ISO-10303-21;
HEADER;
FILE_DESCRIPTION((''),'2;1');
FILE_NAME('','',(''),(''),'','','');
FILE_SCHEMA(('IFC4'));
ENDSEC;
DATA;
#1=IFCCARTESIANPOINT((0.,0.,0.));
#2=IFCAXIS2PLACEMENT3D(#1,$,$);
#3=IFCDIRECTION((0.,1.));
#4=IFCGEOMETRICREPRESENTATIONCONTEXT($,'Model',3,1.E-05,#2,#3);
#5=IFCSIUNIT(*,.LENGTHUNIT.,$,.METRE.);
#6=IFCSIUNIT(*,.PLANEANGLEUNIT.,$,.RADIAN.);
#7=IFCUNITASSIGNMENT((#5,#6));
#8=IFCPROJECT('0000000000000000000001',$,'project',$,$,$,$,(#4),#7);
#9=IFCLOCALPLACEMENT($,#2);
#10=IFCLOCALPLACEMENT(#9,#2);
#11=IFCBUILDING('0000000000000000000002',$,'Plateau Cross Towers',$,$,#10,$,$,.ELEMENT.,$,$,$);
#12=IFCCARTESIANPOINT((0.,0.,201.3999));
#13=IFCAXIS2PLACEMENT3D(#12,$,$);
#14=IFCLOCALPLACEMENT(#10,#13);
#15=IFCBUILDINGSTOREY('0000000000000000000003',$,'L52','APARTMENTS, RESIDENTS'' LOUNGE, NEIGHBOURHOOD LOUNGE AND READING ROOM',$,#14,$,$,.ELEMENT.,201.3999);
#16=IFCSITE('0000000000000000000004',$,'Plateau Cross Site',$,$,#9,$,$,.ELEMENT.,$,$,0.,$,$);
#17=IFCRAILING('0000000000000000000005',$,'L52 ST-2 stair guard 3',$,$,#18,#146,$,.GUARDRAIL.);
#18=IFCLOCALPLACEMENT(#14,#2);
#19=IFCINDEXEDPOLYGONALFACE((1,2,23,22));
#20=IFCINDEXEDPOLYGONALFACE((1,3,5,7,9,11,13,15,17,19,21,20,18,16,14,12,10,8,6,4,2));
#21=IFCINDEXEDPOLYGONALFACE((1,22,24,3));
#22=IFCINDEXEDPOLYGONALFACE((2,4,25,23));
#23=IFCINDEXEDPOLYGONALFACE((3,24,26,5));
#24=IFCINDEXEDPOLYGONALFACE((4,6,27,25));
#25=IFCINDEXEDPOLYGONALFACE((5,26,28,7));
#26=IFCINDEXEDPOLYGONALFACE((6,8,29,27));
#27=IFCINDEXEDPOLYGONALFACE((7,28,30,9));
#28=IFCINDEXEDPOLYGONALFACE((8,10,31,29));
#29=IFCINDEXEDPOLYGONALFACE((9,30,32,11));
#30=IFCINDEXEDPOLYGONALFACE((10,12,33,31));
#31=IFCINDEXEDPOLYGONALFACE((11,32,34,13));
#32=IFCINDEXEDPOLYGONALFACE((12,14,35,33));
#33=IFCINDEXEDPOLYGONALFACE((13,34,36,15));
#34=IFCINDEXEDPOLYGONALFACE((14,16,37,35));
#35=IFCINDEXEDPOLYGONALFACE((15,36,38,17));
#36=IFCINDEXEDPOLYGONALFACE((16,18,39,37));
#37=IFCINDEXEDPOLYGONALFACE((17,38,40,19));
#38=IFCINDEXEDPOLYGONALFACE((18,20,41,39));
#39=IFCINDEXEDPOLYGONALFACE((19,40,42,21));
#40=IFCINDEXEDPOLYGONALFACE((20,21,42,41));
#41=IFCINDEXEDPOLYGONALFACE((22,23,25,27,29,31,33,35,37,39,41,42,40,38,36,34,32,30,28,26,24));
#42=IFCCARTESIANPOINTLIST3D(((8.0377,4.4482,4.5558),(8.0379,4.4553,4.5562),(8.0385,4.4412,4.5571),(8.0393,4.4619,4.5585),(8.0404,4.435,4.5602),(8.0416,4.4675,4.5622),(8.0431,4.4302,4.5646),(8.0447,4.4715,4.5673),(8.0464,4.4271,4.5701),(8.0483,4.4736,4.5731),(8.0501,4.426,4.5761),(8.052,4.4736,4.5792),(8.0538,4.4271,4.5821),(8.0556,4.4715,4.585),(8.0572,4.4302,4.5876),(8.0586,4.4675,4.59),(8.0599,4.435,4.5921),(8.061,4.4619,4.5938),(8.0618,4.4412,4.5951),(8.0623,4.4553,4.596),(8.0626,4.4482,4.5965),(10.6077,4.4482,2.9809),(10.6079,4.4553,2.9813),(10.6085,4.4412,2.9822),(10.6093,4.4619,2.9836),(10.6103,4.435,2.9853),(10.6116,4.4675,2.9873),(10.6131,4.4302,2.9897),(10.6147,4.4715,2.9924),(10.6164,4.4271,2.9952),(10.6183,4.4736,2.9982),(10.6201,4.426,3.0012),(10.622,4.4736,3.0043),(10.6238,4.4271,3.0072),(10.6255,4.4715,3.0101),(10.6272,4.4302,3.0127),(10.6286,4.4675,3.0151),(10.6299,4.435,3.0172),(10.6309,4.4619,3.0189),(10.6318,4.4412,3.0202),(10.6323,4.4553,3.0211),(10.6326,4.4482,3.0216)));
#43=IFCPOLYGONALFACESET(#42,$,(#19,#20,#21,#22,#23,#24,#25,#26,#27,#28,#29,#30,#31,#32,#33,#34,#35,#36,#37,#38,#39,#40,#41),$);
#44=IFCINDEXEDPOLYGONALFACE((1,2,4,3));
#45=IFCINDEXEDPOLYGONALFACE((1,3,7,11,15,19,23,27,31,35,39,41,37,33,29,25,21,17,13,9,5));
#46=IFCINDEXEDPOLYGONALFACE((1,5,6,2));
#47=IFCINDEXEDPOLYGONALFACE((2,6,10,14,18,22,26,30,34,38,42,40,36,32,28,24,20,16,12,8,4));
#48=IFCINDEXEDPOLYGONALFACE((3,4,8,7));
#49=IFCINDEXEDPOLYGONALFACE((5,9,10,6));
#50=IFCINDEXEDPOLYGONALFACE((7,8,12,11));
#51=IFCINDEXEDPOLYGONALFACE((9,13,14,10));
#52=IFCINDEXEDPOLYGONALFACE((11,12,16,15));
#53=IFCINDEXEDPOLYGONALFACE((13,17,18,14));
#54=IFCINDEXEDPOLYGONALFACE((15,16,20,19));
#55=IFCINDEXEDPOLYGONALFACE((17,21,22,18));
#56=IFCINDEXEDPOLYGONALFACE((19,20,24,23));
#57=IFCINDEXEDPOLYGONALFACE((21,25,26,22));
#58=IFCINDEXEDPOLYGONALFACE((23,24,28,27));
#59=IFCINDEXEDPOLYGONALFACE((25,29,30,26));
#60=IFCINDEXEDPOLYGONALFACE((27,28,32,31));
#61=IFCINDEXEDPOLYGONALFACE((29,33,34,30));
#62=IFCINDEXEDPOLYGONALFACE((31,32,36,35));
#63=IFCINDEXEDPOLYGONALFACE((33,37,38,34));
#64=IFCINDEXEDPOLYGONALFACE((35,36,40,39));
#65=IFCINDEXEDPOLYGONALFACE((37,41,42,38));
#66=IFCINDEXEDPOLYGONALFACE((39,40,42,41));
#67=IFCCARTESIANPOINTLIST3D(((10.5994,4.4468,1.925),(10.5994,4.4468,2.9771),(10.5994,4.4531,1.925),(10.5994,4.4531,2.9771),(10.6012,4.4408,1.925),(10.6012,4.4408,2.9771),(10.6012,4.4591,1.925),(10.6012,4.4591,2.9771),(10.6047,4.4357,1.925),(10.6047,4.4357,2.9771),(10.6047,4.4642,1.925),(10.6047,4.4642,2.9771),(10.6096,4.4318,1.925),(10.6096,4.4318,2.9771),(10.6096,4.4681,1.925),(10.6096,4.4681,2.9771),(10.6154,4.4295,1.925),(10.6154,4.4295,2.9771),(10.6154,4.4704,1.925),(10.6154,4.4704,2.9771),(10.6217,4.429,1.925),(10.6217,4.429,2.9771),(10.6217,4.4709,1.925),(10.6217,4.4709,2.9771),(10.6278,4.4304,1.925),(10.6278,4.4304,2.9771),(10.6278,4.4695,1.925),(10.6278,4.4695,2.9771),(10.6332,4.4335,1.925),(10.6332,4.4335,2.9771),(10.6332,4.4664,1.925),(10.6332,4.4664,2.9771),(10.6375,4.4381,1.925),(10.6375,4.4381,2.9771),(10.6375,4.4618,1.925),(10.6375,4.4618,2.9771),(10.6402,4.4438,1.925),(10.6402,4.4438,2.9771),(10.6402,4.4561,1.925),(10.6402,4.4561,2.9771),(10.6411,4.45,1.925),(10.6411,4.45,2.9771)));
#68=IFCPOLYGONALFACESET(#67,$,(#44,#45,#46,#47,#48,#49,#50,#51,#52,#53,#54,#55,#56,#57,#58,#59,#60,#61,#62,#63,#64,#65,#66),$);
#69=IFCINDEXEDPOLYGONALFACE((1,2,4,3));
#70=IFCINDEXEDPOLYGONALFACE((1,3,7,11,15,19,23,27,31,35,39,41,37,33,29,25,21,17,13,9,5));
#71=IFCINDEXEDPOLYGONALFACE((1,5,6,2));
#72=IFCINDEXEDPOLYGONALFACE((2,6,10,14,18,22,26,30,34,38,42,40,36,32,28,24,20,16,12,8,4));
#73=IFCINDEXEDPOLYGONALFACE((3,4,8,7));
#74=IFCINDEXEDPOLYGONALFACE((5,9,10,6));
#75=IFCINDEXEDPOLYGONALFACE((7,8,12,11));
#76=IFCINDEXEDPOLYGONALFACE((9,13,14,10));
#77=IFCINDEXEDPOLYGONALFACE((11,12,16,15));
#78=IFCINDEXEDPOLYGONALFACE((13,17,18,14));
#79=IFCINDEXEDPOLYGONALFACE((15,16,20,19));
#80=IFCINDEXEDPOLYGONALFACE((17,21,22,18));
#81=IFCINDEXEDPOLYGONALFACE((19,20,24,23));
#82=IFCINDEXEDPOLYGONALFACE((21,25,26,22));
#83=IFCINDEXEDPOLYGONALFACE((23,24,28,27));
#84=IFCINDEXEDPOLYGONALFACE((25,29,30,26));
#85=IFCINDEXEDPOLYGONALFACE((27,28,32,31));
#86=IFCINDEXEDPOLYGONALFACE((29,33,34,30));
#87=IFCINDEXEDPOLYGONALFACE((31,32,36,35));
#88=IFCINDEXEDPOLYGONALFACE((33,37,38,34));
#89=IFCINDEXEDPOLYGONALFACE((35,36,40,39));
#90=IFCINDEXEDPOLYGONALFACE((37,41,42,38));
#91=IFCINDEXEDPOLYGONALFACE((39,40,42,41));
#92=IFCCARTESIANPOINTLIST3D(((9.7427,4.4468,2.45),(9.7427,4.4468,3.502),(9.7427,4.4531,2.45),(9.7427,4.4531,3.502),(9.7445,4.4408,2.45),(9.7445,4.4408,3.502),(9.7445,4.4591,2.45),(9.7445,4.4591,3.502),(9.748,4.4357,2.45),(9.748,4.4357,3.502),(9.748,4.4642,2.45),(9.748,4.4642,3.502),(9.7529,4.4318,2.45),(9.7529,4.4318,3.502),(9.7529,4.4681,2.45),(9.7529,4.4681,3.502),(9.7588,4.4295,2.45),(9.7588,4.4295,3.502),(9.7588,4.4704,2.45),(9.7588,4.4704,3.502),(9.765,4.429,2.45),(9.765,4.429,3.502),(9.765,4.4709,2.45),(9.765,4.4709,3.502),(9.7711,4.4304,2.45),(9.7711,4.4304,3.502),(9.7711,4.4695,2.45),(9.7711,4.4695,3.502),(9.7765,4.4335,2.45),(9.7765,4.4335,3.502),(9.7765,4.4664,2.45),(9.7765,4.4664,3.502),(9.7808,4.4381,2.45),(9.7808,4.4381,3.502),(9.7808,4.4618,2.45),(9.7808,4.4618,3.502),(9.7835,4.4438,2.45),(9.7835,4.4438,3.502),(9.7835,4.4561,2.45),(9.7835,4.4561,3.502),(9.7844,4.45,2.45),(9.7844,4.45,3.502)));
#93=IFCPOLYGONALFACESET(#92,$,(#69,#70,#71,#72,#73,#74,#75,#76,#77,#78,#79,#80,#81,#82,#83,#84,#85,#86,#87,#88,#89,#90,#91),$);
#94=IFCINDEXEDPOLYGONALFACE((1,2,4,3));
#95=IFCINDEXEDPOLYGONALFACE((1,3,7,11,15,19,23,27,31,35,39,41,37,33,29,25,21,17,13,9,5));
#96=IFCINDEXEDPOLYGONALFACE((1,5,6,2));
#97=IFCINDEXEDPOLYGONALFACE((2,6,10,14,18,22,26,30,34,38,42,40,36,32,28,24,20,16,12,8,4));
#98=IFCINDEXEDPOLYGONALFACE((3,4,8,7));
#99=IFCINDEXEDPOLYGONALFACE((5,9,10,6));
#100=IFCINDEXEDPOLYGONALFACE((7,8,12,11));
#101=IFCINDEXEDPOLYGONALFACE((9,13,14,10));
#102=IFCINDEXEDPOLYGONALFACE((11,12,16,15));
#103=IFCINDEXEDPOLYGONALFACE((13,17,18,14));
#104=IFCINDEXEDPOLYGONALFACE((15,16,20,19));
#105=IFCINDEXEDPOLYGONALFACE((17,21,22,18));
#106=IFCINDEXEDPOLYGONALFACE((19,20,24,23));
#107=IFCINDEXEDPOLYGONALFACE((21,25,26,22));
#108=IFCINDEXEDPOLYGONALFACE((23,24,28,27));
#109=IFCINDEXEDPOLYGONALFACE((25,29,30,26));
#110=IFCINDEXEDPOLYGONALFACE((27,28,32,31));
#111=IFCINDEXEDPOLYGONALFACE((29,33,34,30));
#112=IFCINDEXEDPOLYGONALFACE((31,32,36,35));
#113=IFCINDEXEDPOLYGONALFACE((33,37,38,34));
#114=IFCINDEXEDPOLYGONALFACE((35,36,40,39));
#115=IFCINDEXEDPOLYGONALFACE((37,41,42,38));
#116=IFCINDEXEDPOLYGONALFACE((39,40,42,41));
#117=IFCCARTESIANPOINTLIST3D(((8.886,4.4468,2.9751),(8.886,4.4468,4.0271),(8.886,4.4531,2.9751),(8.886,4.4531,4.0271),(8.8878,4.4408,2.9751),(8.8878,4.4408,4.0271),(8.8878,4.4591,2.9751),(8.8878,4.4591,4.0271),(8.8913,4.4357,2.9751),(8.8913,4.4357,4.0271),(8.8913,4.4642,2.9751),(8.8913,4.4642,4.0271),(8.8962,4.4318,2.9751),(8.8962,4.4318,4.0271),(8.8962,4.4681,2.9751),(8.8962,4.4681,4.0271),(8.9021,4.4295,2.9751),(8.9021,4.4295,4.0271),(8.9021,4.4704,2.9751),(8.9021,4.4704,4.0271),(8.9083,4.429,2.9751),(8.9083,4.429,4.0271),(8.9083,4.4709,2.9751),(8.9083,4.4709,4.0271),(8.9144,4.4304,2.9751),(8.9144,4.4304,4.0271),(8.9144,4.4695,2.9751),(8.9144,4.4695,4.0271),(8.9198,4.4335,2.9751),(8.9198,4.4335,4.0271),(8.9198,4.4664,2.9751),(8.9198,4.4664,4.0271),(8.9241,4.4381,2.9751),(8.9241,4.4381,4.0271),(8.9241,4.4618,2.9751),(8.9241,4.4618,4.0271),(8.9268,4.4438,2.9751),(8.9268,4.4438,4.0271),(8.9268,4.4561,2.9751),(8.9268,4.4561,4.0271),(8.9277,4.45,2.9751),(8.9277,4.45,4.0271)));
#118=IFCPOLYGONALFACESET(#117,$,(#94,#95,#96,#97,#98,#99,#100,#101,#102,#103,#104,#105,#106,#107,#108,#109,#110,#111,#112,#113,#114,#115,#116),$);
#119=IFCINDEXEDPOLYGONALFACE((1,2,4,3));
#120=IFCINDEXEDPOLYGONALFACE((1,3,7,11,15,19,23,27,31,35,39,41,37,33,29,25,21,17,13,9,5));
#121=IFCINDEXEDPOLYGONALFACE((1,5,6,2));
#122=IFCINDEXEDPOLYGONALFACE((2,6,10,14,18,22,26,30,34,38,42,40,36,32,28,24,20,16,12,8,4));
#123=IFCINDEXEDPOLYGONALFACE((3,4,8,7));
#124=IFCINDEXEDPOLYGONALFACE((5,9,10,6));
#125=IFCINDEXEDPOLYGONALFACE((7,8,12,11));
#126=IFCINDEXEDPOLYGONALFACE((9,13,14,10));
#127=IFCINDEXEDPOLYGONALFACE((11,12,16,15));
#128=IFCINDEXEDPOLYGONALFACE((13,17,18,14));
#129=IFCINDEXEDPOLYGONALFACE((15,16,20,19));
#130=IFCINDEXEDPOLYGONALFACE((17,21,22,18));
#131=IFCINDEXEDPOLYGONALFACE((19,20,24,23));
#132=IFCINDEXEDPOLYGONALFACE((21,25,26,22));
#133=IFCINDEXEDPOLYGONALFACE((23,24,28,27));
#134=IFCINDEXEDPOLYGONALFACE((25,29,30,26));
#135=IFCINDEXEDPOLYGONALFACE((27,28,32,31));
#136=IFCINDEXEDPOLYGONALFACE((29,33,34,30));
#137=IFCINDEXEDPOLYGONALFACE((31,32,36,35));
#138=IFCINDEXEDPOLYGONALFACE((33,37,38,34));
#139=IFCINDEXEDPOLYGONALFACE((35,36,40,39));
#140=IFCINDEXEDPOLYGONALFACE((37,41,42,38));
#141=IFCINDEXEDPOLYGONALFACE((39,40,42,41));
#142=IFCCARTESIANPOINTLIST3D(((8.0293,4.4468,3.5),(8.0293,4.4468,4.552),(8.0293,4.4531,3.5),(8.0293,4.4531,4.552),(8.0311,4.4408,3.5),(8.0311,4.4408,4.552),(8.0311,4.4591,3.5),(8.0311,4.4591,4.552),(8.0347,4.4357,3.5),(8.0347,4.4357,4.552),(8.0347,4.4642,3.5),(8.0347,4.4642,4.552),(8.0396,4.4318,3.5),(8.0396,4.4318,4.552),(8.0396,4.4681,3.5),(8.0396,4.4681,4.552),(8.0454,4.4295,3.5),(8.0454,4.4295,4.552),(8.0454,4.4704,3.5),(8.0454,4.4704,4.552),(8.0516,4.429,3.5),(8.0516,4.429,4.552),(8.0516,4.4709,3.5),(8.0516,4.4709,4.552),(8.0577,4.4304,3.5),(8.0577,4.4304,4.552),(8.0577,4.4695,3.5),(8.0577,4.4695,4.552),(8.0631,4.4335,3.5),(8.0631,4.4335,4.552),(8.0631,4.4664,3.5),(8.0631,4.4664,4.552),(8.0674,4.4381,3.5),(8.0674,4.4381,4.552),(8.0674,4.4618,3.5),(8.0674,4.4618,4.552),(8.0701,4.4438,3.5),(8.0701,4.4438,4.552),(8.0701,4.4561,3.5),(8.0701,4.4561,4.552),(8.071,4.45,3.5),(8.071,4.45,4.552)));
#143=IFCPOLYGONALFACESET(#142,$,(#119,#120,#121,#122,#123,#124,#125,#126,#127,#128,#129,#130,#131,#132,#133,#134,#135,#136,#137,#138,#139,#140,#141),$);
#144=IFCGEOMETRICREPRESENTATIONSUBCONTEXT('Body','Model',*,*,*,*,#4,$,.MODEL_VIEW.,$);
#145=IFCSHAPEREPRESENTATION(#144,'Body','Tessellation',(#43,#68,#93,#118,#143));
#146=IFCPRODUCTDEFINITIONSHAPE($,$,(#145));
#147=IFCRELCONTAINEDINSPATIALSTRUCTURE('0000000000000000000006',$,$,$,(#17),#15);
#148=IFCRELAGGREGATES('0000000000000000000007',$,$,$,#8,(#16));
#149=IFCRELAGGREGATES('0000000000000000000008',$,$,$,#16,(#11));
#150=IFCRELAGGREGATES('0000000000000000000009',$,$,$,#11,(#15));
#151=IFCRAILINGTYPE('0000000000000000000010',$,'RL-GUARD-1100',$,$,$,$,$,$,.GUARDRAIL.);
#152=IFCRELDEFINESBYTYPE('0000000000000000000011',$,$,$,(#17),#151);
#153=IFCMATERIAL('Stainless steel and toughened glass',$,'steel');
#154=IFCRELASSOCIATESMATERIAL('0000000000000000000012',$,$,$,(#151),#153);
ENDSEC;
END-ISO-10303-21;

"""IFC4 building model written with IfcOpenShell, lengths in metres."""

from ifc_helpers import new_model, si_unit, direction, frame, origin, origin_2d, place, context, subcontext, project, spatial, circle, extrude, material, type_object, element, save


model = new_model("IFC4")

# Units and contexts
model_context = context("Model", 3, precision=1e-05, world=origin(), true_north=direction((0.0, 1.0)))
body_context = subcontext(model_context, "Body", "Model", "MODEL_VIEW")
ifc_project = project(units=[si_unit("LENGTHUNIT", "METRE"), si_unit("PLANEANGLEUNIT", "RADIAN")], contexts=[model_context])

# Site, building, storey
site_placement = place(None, origin())
site = spatial("IfcSite", under=ifc_project, at=site_placement, Name="Plateau Cross Site", CompositionType="ELEMENT", RefElevation=0.0)
building_placement = place(site_placement, origin())
building = spatial("IfcBuilding", under=site, at=building_placement, Name="Plateau Cross Towers", CompositionType="ELEMENT")
storey_placement = place(building_placement, frame((0.0, 0.0, 201.3999)))
storey = spatial("IfcBuildingStorey", under=building, at=storey_placement, Name="L52", Description="APARTMENTS, RESIDENTS' LOUNGE, NEIGHBOURHOOD LOUNGE AND READING ROOM", CompositionType="ELEMENT", Elevation=201.3999)

# Railing
ifc_material_1 = material(Name="Stainless steel and toughened glass", Category="steel")
railing_type_1 = type_object("IfcRailingType", Name="RL-GUARD-1100", PredefinedType="GUARDRAIL", material=ifc_material_1)
railing_1_placement = place(storey_placement, frame((10.6201, 4.45, 1.925)))
element("IfcRailing", 1, at=railing_1_placement, inside=storey, type_object=railing_type_1, Name="L52 ST-2 stair guard 3", PredefinedType="GUARDRAIL", context=body_context, shape_type="SweptSolid", body=[
    extrude(circle(Radius=0.0239, at=origin_2d()), frame((0.0, 0.0, 1.0762), z_axis=(-0.852639, 0.0, 0.522501), x_axis=(0.0, -1.0, 0.0)), (0.0, 0.0, 1.0), 3.0142),
    extrude(circle(Radius=0.021, at=origin_2d()), origin(), (0.0, 0.0, 1.0), 1.052),
    extrude(circle(Radius=0.021, at=origin_2d()), frame((-0.8567, 0.0, 0.5249)), (0.0, 0.0, 1.0), 1.052),
    extrude(circle(Radius=0.021, at=origin_2d()), frame((-1.7134, 0.0, 1.05)), (0.0, 0.0, 1.0), 1.052),
    extrude(circle(Radius=0.021, at=origin_2d()), frame((-2.5701, 0.0, 1.575)), (0.0, 0.0, 1.0), 1.052),
])

save(model, "model.ifc")
